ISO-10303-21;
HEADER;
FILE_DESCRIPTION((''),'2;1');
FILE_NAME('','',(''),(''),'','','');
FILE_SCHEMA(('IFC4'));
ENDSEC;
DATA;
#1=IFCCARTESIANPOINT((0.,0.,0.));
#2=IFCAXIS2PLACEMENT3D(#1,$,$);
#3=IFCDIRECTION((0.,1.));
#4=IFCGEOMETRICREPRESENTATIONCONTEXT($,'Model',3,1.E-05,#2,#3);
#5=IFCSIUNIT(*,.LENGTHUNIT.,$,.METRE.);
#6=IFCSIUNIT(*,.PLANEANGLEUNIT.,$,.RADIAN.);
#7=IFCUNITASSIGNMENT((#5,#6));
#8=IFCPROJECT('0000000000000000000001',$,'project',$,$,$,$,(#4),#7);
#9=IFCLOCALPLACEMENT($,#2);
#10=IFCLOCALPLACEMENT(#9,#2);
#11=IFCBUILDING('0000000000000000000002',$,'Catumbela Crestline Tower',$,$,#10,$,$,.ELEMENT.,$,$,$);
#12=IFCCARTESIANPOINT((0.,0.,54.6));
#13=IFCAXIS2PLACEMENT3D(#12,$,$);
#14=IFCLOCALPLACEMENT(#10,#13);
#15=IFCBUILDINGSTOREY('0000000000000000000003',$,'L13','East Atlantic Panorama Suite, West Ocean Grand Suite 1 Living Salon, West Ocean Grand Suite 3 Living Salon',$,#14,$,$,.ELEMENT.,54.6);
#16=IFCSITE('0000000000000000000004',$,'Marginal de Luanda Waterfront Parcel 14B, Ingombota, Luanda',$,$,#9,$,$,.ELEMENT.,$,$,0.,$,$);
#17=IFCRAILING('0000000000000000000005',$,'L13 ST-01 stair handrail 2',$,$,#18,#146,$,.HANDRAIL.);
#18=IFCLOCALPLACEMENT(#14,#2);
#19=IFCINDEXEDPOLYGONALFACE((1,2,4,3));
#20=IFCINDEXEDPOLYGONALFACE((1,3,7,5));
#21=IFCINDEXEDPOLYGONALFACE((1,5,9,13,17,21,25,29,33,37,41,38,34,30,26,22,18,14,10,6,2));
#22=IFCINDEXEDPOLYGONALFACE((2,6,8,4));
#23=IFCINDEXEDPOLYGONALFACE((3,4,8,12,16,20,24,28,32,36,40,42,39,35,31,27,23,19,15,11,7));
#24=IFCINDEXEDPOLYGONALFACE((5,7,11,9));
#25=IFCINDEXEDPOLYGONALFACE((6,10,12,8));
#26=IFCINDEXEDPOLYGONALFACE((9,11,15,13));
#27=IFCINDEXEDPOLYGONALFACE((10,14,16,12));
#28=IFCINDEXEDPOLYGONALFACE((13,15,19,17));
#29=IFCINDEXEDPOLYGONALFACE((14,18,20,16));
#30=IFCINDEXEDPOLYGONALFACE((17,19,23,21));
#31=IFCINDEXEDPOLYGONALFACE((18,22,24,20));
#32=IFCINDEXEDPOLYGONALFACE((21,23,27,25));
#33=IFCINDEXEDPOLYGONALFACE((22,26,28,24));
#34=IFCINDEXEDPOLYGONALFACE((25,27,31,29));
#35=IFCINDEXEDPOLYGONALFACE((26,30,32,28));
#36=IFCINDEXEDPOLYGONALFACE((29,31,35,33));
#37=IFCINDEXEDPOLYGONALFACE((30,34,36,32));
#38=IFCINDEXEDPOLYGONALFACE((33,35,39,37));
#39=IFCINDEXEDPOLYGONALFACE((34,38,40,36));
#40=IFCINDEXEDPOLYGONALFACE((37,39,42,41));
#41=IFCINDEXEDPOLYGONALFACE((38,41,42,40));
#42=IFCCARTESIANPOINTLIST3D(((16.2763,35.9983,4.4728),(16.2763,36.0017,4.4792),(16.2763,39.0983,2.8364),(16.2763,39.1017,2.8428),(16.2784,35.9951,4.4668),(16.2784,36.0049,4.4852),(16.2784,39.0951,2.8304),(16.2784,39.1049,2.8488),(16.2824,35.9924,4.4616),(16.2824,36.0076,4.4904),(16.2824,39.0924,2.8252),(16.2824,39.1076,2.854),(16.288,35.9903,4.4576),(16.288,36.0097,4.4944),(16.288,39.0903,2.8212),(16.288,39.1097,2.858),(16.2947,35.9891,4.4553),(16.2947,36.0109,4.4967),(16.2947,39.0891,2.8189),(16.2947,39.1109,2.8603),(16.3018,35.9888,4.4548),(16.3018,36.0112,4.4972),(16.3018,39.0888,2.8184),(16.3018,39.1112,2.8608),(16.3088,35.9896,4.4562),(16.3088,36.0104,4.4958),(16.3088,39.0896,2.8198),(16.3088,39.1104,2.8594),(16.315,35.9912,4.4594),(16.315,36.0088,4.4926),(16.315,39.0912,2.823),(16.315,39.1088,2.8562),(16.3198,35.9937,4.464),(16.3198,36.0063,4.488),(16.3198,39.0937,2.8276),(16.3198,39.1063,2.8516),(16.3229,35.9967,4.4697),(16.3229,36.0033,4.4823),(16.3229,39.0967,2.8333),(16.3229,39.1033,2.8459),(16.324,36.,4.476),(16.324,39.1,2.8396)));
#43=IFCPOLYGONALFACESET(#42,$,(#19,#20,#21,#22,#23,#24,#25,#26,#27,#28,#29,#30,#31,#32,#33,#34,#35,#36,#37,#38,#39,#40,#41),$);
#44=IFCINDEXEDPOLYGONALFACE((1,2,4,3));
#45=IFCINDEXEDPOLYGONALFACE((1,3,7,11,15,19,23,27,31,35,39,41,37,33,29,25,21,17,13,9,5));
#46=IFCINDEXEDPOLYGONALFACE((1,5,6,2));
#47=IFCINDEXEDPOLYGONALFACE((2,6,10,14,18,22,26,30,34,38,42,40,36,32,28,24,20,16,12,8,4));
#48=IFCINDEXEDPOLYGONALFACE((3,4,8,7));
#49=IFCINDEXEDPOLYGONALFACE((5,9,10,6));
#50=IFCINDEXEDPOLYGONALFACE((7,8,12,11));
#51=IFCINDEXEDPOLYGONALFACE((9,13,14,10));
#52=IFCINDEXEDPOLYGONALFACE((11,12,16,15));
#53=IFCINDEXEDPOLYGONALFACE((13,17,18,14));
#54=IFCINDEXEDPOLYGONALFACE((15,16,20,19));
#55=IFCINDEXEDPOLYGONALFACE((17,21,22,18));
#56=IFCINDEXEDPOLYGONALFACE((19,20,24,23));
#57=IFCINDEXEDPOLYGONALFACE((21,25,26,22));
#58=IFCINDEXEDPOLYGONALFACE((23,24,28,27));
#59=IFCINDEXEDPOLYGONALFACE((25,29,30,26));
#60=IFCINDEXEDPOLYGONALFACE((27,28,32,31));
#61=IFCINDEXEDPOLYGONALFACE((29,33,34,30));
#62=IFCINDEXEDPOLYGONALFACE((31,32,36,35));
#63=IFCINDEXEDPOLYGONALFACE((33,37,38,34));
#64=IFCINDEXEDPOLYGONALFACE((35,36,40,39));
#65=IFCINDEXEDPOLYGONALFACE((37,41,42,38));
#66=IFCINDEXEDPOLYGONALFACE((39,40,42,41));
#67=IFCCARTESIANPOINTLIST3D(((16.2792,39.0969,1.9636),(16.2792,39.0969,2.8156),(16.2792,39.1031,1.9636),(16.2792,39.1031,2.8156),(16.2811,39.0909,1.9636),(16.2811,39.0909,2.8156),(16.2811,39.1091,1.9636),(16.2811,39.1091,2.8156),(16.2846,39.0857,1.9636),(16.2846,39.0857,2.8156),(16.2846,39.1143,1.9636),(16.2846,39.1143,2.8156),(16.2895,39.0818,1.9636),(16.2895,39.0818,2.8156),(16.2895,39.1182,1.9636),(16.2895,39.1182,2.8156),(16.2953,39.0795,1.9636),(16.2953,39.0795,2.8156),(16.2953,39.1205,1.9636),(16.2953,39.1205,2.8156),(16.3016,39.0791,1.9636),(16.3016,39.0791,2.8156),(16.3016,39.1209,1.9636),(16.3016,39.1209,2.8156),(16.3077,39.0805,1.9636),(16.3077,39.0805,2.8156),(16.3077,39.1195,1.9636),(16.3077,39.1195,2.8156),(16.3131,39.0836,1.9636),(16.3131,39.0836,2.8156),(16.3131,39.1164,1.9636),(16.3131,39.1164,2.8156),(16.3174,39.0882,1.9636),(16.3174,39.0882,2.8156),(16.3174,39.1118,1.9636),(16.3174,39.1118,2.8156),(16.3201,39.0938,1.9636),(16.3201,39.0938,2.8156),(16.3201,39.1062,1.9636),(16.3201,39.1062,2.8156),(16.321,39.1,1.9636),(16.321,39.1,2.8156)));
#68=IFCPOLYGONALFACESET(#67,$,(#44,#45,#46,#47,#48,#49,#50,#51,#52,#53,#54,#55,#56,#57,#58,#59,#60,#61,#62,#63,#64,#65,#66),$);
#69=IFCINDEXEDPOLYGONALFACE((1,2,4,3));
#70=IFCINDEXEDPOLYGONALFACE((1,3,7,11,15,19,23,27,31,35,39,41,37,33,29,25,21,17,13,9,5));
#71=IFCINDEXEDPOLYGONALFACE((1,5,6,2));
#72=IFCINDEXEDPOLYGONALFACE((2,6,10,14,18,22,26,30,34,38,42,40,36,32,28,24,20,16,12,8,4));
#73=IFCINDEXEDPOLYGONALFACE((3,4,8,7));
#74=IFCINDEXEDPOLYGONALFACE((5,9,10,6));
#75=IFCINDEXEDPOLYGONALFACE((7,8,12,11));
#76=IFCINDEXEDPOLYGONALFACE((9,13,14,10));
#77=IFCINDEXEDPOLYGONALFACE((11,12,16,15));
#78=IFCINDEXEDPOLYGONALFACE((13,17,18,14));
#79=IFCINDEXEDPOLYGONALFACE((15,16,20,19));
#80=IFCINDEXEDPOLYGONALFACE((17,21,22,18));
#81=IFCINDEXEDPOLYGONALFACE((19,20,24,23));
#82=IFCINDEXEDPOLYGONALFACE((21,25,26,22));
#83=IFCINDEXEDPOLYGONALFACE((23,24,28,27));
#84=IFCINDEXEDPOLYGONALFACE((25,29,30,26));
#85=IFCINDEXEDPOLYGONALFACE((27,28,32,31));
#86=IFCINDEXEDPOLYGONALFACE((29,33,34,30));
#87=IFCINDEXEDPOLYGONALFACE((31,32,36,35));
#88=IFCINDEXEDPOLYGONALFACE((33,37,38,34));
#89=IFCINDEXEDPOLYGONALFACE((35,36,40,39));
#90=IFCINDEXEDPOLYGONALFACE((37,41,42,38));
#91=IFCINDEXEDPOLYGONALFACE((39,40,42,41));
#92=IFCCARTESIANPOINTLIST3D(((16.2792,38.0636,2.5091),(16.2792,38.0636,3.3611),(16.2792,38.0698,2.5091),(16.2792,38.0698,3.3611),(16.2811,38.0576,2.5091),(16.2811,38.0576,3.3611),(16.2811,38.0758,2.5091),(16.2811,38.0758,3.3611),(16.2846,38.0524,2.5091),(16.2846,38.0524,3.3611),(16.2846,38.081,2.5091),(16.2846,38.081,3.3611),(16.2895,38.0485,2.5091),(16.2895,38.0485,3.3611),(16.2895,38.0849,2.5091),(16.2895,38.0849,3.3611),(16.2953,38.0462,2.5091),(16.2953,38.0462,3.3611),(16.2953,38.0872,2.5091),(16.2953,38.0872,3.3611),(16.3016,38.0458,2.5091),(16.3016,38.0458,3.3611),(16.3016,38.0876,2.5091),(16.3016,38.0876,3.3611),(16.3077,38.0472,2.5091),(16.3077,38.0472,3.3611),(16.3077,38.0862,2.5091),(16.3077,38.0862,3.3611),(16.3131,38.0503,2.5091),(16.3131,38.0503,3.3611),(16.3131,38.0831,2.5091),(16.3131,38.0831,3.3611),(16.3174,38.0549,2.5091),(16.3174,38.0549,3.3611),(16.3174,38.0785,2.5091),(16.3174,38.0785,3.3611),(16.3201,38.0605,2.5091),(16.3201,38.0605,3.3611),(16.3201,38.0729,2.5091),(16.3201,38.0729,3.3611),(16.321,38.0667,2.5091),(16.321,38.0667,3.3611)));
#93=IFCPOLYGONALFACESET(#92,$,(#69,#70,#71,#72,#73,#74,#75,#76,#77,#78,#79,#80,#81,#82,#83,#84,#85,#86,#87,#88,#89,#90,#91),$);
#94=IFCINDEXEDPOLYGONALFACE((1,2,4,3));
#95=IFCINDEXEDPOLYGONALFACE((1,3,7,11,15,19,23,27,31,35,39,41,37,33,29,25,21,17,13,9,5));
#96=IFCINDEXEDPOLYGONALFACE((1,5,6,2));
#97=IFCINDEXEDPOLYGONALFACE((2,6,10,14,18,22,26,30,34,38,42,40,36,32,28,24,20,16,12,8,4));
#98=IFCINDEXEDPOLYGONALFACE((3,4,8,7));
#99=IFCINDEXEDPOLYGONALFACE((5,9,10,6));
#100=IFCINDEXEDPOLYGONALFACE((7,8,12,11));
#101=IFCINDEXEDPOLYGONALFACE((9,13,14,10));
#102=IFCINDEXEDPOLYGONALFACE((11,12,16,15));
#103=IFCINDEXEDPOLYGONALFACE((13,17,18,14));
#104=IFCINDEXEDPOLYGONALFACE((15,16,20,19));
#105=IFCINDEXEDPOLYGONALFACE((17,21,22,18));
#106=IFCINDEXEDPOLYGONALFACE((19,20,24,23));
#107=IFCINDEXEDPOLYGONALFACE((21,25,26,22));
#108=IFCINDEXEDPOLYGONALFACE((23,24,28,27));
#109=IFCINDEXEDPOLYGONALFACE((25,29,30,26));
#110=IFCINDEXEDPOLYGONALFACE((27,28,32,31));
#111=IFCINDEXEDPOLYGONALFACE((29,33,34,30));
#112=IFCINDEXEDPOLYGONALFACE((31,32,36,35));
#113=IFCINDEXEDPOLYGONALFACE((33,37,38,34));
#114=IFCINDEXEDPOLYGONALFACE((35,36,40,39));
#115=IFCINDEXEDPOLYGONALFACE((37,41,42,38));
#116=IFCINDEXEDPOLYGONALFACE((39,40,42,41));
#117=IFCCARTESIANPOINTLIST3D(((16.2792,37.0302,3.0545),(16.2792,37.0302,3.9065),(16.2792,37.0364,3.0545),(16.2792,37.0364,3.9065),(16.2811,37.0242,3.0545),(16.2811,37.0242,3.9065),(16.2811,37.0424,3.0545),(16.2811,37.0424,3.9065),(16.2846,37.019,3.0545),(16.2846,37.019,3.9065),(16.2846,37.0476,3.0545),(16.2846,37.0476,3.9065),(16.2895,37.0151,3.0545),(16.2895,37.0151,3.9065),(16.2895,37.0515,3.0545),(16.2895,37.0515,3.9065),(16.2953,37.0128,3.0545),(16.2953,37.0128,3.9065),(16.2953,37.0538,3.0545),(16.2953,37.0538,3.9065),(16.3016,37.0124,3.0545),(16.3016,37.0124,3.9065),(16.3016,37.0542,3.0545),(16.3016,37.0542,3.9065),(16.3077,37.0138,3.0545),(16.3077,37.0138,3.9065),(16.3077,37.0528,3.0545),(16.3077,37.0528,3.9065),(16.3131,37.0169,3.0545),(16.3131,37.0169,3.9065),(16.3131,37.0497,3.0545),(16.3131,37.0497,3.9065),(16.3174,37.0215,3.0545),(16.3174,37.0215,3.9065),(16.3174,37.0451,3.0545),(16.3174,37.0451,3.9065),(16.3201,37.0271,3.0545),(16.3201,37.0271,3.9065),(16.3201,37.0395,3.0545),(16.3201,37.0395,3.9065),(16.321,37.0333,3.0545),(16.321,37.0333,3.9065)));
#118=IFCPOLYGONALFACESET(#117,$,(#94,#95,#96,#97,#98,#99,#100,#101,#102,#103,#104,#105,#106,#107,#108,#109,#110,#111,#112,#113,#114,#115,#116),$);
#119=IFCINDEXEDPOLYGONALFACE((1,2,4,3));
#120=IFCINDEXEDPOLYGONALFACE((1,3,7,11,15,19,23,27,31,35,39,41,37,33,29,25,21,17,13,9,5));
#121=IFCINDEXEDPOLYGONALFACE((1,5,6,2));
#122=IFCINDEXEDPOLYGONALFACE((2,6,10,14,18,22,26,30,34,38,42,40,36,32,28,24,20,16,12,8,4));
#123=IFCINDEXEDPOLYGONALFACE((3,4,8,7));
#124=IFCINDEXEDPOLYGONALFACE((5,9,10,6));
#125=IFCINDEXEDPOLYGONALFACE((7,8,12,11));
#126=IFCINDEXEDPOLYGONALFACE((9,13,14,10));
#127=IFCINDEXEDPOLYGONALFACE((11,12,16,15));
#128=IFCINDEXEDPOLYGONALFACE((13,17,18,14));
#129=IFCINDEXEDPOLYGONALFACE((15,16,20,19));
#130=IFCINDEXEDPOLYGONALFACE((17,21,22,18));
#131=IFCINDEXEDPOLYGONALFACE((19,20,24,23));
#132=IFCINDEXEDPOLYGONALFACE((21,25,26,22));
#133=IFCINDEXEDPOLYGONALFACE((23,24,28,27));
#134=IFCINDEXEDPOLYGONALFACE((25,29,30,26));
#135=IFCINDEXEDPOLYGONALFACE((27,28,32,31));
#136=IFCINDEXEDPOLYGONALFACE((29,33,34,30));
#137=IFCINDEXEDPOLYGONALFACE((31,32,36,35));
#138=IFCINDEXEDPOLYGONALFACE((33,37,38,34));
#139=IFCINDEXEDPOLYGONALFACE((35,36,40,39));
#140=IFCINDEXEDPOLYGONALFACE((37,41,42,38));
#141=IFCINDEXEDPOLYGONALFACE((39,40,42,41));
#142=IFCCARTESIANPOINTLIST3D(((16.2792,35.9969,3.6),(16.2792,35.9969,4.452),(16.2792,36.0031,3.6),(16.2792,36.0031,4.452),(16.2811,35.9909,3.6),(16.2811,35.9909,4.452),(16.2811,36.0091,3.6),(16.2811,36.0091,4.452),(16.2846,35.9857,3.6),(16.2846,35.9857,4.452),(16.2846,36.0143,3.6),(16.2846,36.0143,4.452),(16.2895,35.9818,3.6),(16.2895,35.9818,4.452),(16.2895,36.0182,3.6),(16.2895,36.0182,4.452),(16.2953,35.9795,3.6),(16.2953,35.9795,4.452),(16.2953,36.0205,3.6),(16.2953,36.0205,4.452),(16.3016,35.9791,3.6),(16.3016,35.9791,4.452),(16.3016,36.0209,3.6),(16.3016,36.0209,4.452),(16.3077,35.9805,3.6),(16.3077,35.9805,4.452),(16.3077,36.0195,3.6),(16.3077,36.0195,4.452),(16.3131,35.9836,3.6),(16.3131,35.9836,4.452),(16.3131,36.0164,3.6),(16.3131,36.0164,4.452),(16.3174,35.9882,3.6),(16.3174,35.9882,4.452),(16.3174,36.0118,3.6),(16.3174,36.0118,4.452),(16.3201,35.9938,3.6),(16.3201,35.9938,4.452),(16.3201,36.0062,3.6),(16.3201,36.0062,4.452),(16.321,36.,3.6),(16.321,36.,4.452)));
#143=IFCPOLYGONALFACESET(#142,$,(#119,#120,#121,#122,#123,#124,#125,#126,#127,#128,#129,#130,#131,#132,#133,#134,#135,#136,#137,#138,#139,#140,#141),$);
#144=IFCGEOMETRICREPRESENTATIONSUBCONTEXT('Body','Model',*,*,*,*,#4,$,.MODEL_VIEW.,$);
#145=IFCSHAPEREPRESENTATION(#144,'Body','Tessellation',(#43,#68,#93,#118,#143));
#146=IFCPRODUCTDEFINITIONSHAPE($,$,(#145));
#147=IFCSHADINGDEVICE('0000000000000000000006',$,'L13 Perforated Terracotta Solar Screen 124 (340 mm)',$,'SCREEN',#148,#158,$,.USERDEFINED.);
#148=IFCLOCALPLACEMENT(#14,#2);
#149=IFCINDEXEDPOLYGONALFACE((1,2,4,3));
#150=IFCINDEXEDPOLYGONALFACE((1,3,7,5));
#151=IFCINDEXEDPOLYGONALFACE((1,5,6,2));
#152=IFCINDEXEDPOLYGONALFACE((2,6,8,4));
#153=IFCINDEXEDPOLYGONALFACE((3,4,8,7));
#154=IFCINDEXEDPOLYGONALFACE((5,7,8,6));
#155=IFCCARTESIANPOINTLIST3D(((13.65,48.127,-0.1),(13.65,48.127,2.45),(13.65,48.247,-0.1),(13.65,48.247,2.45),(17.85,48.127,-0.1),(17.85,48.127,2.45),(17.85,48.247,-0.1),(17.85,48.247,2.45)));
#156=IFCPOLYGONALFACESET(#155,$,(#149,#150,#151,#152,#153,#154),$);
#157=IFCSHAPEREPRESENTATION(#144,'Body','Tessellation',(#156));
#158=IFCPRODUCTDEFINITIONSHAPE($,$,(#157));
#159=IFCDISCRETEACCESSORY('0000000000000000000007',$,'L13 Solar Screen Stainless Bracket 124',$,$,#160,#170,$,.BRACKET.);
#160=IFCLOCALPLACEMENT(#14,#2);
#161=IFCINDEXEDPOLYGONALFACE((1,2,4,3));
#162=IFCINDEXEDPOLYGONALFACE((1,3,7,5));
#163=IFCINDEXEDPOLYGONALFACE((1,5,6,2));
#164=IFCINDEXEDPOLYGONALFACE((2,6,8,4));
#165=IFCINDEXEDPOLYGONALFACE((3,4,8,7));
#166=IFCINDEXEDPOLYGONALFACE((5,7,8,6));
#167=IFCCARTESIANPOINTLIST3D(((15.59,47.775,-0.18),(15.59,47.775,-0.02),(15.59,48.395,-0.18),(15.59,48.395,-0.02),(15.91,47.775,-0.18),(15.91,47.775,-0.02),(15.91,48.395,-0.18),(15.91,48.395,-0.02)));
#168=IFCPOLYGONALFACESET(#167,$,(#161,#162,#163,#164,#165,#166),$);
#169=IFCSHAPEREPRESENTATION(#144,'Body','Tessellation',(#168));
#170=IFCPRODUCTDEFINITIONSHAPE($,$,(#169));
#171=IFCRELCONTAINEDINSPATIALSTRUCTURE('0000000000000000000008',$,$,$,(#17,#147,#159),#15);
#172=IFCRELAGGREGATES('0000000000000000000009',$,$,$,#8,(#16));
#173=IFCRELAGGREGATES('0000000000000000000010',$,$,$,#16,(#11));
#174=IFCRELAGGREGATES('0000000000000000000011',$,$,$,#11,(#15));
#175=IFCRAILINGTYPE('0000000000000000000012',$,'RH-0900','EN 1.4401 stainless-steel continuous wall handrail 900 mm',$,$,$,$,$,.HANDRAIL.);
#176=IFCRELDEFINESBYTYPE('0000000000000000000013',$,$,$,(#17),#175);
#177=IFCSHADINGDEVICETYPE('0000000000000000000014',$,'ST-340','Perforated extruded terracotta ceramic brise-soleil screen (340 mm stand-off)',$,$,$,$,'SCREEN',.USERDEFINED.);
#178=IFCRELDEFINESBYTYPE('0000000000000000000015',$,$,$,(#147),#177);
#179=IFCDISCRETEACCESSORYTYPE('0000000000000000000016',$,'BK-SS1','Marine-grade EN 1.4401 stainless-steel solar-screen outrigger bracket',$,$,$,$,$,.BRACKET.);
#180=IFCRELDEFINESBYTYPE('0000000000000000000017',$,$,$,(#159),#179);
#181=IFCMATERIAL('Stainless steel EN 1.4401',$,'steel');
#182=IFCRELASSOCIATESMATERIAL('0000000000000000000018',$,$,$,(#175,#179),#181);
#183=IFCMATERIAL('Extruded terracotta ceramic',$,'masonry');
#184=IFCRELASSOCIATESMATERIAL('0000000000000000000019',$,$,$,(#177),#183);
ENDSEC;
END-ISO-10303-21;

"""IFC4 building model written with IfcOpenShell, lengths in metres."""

from ifc_helpers import new_model, si_unit, direction, frame, origin, origin_2d, place, context, subcontext, project, spatial, rectangle, circle, extrude, material, type_object, element, save


model = new_model("IFC4")

# Units and contexts
model_context = context("Model", 3, precision=1e-05, world=origin(), true_north=direction((0.0, 1.0)))
body_context = subcontext(model_context, "Body", "Model", "MODEL_VIEW")
ifc_project = project(units=[si_unit("LENGTHUNIT", "METRE"), si_unit("PLANEANGLEUNIT", "RADIAN")], contexts=[model_context])

# Site, building, storey
site_placement = place(None, origin())
site = spatial("IfcSite", under=ifc_project, at=site_placement, Name="Marginal de Luanda Waterfront Parcel 14B, Ingombota, Luanda", CompositionType="ELEMENT", RefElevation=0.0)
building_placement = place(site_placement, origin())
building = spatial("IfcBuilding", under=site, at=building_placement, Name="Catumbela Crestline Tower", CompositionType="ELEMENT")
storey_placement = place(building_placement, frame((0.0, 0.0, 54.6)))
storey = spatial("IfcBuildingStorey", under=building, at=storey_placement, Name="L13", Description="East Atlantic Panorama Suite, West Ocean Grand Suite 1 Living Salon, West Ocean Grand Suite 3 Living Salon", CompositionType="ELEMENT", Elevation=54.6)

# Railing
ifc_material_1 = material(Name="Stainless steel EN 1.4401", Category="steel")
railing_type_1 = type_object("IfcRailingType", Name="RH-0900", Description="EN 1.4401 stainless-steel continuous wall handrail 900 mm", PredefinedType="HANDRAIL", material=ifc_material_1)
railing_1_placement = place(storey_placement, frame((16.3, 39.1, 1.9636)))
element("IfcRailing", 1, at=railing_1_placement, inside=storey, type_object=railing_type_1, Name="L13 ST-01 stair handrail 2", PredefinedType="HANDRAIL", context=body_context, shape_type="SweptSolid", body=[
    extrude(circle(Radius=0.024, at=origin_2d()), frame((0.0, 0.0, 0.876), z_axis=(0.0, -0.884351, 0.466823), x_axis=(1.0, 0.0, 0.0)), (0.0, 0.0, 1.0), 3.5054),
    extrude(circle(Radius=0.021, at=origin_2d()), origin(), (0.0, 0.0, 1.0), 0.852),
    extrude(circle(Radius=0.021, at=origin_2d()), frame((0.0, -1.0333, 0.5455)), (0.0, 0.0, 1.0), 0.852),
    extrude(circle(Radius=0.021, at=origin_2d()), frame((0.0, -2.0667, 1.0909)), (0.0, 0.0, 1.0), 0.852),
    extrude(circle(Radius=0.021, at=origin_2d()), frame((0.0, -3.1, 1.6364)), (0.0, 0.0, 1.0), 0.852),
])

# Shading device
ifc_material_2 = material(Name="Extruded terracotta ceramic", Category="masonry")
shading_device_type = type_object("IfcShadingDeviceType", Name="ST-340", Description="Perforated extruded terracotta ceramic brise-soleil screen (340 mm stand-off)", ElementType="SCREEN", PredefinedType="USERDEFINED", material=ifc_material_2)
shading_device_placement = place(storey_placement, frame((15.75, 48.187, -0.1), z_axis=(0.0, 0.0, 1.0), x_axis=(-1.0, 0.0, 0.0)))
element("IfcShadingDevice", 2, at=shading_device_placement, inside=storey, type_object=shading_device_type, Name="L13 Perforated Terracotta Solar Screen 124 (340 mm)", ObjectType="SCREEN", PredefinedType="USERDEFINED", context=body_context, shape_type="SweptSolid", body=[
    extrude(rectangle(XDim=4.2, YDim=0.12, at=origin_2d()), origin(), (0.0, 0.0, 1.0), 2.55),
])

# Discrete accessory
discrete_accessory_type = type_object("IfcDiscreteAccessoryType", Name="BK-SS1", Description="Marine-grade EN 1.4401 stainless-steel solar-screen outrigger bracket", PredefinedType="BRACKET", material=ifc_material_1)
discrete_accessory_placement = place(storey_placement, frame((15.75, 48.085, -0.18), z_axis=(0.0, 0.0, 1.0), x_axis=(-1.0, 0.0, 0.0)))
element("IfcDiscreteAccessory", 3, at=discrete_accessory_placement, inside=storey, type_object=discrete_accessory_type, Name="L13 Solar Screen Stainless Bracket 124", PredefinedType="BRACKET", context=body_context, shape_type="SweptSolid", body=[
    extrude(rectangle(XDim=0.32, YDim=0.62, at=origin_2d()), origin(), (0.0, 0.0, 1.0), 0.16),
])

save(model, "model.ifc")
